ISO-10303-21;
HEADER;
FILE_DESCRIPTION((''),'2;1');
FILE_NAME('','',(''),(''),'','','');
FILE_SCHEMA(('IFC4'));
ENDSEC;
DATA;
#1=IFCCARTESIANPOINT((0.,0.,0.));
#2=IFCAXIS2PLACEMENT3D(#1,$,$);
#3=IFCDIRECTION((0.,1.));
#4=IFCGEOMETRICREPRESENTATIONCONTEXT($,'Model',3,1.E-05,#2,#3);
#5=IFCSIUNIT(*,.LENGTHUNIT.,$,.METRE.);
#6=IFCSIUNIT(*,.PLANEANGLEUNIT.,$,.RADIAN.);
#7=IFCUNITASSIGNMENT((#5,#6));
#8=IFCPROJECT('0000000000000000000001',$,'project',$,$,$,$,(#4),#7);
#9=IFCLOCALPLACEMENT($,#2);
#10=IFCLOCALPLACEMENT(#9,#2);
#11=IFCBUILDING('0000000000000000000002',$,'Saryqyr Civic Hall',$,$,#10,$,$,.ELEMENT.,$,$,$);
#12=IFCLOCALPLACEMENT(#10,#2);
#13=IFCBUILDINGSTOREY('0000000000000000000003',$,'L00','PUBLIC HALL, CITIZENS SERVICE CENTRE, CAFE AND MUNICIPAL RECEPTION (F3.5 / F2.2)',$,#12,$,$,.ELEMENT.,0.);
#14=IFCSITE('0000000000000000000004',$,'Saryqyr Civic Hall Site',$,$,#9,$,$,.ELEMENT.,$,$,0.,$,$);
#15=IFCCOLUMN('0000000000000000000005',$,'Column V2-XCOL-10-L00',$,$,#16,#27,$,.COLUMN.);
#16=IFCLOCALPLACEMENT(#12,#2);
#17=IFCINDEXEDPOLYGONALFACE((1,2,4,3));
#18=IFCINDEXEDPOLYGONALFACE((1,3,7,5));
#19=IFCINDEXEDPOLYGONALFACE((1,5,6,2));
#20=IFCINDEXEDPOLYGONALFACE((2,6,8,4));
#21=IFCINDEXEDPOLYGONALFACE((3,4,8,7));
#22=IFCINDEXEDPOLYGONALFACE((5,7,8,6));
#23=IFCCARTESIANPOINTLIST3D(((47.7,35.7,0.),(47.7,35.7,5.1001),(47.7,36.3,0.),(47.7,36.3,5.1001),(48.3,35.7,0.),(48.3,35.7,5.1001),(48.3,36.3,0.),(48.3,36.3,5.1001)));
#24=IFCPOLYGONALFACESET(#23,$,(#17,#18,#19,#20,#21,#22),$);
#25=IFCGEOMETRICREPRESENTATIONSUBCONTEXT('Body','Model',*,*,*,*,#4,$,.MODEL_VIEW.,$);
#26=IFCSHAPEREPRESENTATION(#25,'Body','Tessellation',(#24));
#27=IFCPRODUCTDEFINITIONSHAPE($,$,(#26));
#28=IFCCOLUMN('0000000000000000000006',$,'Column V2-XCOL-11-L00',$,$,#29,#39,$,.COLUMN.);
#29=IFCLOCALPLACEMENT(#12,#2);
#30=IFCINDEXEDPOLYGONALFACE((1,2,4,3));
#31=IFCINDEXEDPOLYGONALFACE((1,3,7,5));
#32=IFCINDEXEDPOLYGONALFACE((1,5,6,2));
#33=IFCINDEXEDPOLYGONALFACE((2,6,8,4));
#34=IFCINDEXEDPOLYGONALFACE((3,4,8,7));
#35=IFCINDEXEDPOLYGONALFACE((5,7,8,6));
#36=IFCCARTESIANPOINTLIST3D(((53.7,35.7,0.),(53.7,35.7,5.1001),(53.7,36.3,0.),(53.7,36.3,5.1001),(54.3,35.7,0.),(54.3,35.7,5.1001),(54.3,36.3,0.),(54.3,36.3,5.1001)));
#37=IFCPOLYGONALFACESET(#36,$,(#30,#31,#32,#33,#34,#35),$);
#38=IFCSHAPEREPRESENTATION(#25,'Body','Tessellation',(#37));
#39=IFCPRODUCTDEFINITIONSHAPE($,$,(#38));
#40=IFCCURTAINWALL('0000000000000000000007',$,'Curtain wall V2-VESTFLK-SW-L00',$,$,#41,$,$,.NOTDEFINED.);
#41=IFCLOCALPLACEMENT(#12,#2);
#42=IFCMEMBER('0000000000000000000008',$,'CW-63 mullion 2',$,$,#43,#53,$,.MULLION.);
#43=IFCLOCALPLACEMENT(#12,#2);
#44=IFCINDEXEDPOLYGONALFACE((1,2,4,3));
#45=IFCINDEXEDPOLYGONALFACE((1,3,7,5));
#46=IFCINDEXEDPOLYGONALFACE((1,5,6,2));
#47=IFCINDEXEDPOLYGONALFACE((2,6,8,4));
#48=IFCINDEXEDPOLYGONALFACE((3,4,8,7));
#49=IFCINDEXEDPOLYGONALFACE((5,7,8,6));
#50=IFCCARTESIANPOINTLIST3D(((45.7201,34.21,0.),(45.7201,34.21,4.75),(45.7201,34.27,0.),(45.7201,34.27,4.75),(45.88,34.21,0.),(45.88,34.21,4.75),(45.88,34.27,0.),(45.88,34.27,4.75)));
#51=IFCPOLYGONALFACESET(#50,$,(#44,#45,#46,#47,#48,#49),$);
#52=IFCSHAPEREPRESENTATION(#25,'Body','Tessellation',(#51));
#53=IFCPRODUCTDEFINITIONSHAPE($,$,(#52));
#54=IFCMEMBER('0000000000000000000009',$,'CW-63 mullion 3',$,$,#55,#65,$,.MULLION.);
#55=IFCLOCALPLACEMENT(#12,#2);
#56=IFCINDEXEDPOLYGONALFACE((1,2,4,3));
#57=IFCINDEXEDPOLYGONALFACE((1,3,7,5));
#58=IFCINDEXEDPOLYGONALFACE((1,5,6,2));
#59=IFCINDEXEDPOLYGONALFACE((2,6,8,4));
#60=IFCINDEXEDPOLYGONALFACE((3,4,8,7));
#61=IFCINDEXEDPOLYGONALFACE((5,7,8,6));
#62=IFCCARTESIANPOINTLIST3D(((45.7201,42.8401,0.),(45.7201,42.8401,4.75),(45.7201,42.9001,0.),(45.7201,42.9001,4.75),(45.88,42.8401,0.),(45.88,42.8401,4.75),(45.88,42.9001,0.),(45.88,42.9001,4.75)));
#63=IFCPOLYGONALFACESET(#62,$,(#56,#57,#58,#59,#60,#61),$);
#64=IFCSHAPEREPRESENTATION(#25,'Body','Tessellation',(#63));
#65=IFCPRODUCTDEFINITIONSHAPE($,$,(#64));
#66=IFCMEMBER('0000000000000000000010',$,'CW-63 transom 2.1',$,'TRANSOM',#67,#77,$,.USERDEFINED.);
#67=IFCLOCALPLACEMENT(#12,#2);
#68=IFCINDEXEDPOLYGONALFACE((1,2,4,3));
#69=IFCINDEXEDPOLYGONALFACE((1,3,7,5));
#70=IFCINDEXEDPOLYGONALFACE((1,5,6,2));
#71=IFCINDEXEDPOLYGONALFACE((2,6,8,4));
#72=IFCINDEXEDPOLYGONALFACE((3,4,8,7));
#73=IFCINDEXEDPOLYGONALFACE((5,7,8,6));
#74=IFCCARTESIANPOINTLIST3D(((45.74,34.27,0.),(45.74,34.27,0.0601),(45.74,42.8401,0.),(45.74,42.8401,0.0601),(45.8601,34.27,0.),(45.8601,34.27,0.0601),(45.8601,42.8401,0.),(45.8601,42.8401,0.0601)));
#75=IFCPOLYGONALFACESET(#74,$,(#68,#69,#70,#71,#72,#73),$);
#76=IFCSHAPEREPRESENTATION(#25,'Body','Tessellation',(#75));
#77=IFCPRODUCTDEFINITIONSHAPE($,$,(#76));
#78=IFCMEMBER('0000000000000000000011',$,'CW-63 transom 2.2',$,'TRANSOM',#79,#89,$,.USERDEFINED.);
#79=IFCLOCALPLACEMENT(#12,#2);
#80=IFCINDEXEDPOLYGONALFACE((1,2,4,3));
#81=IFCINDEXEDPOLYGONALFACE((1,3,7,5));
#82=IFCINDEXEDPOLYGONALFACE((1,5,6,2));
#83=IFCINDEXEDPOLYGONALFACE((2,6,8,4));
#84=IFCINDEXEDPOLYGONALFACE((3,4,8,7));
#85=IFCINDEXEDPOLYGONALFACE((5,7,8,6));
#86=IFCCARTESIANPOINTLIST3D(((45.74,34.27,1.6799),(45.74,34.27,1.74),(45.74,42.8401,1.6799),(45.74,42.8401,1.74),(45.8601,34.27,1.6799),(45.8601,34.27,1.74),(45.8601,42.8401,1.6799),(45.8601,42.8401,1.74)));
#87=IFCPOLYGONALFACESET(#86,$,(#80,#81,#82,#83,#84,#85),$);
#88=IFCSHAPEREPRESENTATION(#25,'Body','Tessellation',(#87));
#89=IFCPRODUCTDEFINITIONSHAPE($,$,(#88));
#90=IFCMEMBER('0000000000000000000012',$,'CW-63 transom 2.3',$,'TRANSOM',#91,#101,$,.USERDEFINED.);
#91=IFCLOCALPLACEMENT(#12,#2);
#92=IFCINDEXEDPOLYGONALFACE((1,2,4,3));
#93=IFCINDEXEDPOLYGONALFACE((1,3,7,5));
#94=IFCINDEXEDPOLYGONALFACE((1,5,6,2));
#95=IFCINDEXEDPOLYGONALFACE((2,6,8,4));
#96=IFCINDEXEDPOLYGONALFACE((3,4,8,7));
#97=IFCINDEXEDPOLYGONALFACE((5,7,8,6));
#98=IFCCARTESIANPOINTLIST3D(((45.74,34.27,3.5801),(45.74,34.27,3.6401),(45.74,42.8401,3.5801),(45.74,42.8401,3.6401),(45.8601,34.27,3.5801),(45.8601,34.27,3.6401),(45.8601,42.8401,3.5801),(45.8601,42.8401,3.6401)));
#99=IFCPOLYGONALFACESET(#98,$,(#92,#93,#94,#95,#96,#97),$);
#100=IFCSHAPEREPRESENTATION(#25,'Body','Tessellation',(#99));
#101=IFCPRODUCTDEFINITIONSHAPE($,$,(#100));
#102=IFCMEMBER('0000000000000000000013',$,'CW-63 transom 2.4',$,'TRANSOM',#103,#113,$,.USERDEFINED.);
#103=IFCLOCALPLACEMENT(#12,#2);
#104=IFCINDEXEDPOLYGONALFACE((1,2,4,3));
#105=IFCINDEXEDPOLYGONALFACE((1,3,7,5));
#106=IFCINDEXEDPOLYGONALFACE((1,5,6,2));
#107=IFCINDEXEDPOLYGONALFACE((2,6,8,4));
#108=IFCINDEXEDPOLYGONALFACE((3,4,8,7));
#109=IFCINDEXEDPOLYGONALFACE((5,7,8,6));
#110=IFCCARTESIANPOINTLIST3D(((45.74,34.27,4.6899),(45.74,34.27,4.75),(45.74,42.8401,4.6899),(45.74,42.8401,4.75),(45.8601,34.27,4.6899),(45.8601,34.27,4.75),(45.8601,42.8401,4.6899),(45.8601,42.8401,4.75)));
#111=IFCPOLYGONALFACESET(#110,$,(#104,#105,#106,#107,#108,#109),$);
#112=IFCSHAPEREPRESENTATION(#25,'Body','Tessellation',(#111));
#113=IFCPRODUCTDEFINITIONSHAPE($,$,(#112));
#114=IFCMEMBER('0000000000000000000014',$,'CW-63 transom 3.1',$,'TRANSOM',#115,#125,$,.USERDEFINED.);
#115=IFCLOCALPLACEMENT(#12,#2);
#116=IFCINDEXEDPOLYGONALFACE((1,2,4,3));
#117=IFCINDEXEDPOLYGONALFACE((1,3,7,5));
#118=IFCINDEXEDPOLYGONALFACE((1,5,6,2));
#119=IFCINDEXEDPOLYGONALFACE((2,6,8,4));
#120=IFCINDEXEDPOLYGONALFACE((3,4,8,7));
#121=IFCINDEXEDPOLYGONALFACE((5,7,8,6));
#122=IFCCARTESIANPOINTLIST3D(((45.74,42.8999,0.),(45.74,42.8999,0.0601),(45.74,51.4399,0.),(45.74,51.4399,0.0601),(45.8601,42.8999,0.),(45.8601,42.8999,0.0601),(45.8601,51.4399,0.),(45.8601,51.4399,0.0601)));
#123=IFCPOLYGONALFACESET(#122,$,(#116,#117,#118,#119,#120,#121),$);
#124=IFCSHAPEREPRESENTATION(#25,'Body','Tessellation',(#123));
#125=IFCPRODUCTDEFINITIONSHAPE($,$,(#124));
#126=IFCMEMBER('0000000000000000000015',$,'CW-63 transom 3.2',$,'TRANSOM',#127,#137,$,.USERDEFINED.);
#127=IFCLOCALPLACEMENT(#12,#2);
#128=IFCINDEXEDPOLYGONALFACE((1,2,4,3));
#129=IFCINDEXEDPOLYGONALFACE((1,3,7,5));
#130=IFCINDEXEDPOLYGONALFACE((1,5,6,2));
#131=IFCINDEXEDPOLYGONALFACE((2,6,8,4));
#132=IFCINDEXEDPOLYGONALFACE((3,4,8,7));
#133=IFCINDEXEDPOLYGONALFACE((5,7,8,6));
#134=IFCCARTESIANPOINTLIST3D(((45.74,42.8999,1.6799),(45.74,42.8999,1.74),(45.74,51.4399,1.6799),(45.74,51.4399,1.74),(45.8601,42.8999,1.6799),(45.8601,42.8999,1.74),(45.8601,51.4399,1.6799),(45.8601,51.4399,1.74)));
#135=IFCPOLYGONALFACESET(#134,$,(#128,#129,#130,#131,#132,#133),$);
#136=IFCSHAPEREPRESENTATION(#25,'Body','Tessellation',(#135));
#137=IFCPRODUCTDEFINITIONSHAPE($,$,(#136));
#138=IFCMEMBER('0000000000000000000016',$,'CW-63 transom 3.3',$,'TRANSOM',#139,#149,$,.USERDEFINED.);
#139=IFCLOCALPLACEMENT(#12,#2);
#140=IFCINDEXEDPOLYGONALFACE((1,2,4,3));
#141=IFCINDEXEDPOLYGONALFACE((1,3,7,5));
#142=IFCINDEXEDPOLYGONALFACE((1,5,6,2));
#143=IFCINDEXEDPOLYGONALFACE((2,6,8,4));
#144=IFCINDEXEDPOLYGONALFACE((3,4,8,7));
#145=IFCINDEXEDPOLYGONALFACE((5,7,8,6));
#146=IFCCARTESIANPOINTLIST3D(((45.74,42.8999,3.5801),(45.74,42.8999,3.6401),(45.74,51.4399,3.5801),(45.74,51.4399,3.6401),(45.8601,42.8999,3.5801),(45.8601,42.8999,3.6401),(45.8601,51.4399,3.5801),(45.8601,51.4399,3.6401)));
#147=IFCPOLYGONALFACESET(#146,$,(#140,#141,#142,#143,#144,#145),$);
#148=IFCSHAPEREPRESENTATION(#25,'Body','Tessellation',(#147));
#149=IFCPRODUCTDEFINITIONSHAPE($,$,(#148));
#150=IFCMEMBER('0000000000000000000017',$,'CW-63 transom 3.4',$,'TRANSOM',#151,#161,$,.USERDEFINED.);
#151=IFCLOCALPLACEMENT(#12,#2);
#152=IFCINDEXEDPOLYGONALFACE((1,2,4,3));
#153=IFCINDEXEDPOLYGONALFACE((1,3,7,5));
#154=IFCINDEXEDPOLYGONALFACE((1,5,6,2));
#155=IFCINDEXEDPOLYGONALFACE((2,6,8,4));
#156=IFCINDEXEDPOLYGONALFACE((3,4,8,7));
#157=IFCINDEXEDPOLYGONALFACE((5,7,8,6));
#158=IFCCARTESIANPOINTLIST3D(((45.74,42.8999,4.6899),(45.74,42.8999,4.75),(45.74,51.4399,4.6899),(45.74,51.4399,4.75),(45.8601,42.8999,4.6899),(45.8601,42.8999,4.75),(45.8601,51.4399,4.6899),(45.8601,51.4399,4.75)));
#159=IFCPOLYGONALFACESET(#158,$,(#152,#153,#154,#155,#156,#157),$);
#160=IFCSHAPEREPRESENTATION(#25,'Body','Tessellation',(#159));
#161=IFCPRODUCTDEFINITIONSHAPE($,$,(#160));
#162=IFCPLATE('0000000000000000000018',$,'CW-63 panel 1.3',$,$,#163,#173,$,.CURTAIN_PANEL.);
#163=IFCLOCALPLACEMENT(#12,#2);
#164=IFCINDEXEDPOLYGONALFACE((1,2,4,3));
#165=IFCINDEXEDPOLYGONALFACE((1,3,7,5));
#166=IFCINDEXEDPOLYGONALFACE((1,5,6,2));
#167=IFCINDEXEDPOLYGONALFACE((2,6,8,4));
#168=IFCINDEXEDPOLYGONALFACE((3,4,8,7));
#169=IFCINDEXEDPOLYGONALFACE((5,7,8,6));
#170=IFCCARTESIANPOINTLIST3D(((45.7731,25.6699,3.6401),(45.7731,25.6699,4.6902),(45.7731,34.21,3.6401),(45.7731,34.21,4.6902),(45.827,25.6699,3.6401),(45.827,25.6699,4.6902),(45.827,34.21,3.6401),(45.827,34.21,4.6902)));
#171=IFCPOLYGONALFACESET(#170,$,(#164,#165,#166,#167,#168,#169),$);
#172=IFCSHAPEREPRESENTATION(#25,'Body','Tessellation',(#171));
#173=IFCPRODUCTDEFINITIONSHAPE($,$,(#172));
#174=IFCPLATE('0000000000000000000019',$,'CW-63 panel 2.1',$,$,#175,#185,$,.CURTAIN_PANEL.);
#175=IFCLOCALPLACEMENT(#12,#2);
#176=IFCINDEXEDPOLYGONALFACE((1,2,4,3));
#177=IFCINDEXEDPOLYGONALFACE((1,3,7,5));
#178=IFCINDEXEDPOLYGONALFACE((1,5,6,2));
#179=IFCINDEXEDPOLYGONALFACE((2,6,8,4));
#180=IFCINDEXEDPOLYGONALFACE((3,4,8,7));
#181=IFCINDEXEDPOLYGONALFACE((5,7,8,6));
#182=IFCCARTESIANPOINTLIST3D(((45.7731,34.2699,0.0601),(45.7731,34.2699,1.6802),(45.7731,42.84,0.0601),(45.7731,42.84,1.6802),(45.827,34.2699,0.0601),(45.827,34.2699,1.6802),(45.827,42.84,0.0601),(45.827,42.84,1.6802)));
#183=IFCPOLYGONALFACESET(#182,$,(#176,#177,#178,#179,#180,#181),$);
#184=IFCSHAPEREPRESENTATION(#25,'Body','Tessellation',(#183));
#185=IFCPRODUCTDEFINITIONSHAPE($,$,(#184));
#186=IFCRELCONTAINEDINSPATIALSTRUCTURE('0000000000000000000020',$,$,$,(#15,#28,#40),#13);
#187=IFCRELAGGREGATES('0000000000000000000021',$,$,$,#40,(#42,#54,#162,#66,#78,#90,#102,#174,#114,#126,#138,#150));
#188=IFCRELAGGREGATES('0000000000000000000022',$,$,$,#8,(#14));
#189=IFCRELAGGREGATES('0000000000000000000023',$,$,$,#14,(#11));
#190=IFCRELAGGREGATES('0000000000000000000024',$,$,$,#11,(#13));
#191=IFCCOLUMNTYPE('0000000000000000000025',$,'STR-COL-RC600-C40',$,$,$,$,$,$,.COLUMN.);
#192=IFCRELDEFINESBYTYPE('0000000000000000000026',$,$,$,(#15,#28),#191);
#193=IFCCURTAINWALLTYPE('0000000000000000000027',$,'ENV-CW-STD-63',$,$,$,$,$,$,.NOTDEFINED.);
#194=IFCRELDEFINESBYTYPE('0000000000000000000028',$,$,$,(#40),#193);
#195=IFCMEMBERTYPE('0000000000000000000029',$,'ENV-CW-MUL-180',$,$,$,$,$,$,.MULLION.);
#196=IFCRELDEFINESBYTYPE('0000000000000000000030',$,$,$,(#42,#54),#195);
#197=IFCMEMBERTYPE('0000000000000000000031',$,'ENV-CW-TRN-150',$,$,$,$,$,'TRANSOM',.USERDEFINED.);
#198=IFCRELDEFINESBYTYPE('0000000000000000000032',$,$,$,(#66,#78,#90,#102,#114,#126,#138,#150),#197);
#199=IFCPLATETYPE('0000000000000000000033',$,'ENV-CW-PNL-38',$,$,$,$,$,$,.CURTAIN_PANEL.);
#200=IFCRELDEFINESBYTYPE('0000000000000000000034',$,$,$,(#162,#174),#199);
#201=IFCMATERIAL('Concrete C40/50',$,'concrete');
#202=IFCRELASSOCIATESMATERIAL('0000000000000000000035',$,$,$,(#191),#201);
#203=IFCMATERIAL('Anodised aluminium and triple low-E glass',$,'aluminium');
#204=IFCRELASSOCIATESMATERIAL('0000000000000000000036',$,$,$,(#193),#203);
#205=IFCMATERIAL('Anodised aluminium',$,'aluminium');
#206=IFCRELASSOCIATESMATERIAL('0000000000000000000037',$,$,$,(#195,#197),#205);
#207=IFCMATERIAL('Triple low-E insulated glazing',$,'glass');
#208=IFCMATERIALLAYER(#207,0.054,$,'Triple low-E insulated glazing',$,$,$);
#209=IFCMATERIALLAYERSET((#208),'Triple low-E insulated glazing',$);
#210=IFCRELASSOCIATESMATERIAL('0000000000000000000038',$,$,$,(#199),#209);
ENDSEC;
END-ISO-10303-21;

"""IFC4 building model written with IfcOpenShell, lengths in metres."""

from ifc_helpers import new_model, si_unit, direction, frame, origin, origin_2d, place, context, subcontext, project, spatial, rectangle, extrude, material, layer, layer_set, material_profile, profile_set, type_object, element, aggregate, save


model = new_model("IFC4")

# Units and contexts
model_context = context("Model", 3, precision=1e-05, world=origin(), true_north=direction((0.0, 1.0)))
body_context = subcontext(model_context, "Body", "Model", "MODEL_VIEW")
ifc_project = project(units=[si_unit("LENGTHUNIT", "METRE"), si_unit("PLANEANGLEUNIT", "RADIAN")], contexts=[model_context])

# Site, building, storey
site_placement = place(None, origin())
site = spatial("IfcSite", under=ifc_project, at=site_placement, Name="Saryqyr Civic Hall Site", CompositionType="ELEMENT", RefElevation=0.0)
building_placement = place(site_placement, origin())
building = spatial("IfcBuilding", under=site, at=building_placement, Name="Saryqyr Civic Hall", CompositionType="ELEMENT")
storey_placement = place(building_placement, origin())
storey = spatial("IfcBuildingStorey", under=building, at=storey_placement, Name="L00", Description="PUBLIC HALL, CITIZENS SERVICE CENTRE, CAFE AND MUNICIPAL RECEPTION (F3.5 / F2.2)", CompositionType="ELEMENT", Elevation=0.0)

# Columns
ifc_material_1 = material(Name="Concrete C40/50", Category="concrete")
ifc_material_profile_1 = material_profile(ifc_material_1, rectangle(XDim=0.6001, YDim=0.6001, at=origin_2d()), Name="RC 600x600")
ifc_profile_set_1 = profile_set([ifc_material_profile_1], Name="Concrete C40/50")
column_type = type_object("IfcColumnType", Name="STR-COL-RC600-C40", PredefinedType="COLUMN", material=ifc_profile_set_1)
for number, where, z_axis, x_axis, name in (
    (1, (48.0, 36.0, 0.0), (0.0, 0.0, 1.0), (1.0, 0.0, 0.0), "Column V2-XCOL-10-L00"),
    (2, (54.0, 36.0, 0.0), (0.0, 0.0, 1.0), (1.0, 0.0, 0.0), "Column V2-XCOL-11-L00"),
):
    element("IfcColumn", number, at=place(storey_placement, frame(where, z_axis=z_axis, x_axis=x_axis)), inside=storey, type_object=column_type, Name=name, PredefinedType="COLUMN", context=body_context, shape_type="SweptSolid", body=[
        extrude(rectangle(XDim=0.6001, YDim=0.6001, at=origin_2d()), origin(), (0.0, 0.0, 1.0), 5.1001),
    ])

# Curtain wall, members, plates
ifc_material_2 = material(Name="Anodised aluminium and triple low-E glass", Category="aluminium")
curtain_wall_type = type_object("IfcCurtainWallType", Name="ENV-CW-STD-63", PredefinedType="NOTDEFINED", material=ifc_material_2)
curtain_wall_placement = place(storey_placement, origin())
curtain_wall = element("IfcCurtainWall", 3, at=curtain_wall_placement, inside=storey, type_object=curtain_wall_type, Name="Curtain wall V2-VESTFLK-SW-L00", PredefinedType="NOTDEFINED")
ifc_material_3 = material(Name="Anodised aluminium", Category="aluminium")
ifc_material_profile_2 = material_profile(ifc_material_3, rectangle(XDim=0.0601, YDim=0.1599, at=origin_2d()), Name="ALU MULLION 60x160")
ifc_profile_set_2 = profile_set([ifc_material_profile_2], Name="Anodised aluminium")
member_type_1 = type_object("IfcMemberType", Name="ENV-CW-MUL-180", PredefinedType="MULLION", material=ifc_profile_set_2)
member_1_placement = place(storey_placement, frame((45.8, 34.24, 0.0), z_axis=(0.0, 0.0, 1.0), x_axis=(0.0, 1.0, 0.0)))
member_1 = element("IfcMember", 4, at=member_1_placement, type_object=member_type_1, Name="CW-63 mullion 2", PredefinedType="MULLION", context=body_context, shape_type="SweptSolid", body=[
    extrude(rectangle(XDim=0.0601, YDim=0.1599, at=origin_2d()), origin(), (0.0, 0.0, 1.0), 4.75),
])
member_2_placement = place(storey_placement, frame((45.8, 42.8701, 0.0), z_axis=(0.0, 0.0, 1.0), x_axis=(0.0, 1.0, 0.0)))
member_2 = element("IfcMember", 5, at=member_2_placement, type_object=member_type_1, Name="CW-63 mullion 3", PredefinedType="MULLION", context=body_context, shape_type="SweptSolid", body=[
    extrude(rectangle(XDim=0.0601, YDim=0.1599, at=origin_2d()), origin(), (0.0, 0.0, 1.0), 4.75),
])
ifc_material_profile_3 = material_profile(ifc_material_3, rectangle(XDim=0.1201, YDim=0.0601, at=origin_2d()), Name="ALU TRANSOM 120x60")
ifc_profile_set_3 = profile_set([ifc_material_profile_3], Name="Anodised aluminium")
member_type_2 = type_object("IfcMemberType", Name="ENV-CW-TRN-150", ElementType="TRANSOM", PredefinedType="USERDEFINED", material=ifc_profile_set_3)
member_3_placement = place(storey_placement, frame((45.8, 34.27, 0.03), z_axis=(0.0, 1.0, 0.0), x_axis=(-1.0, 0.0, 0.0)))
member_3 = element("IfcMember", 6, at=member_3_placement, type_object=member_type_2, Name="CW-63 transom 2.1", ObjectType="TRANSOM", PredefinedType="USERDEFINED", context=body_context, shape_type="SweptSolid", body=[
    extrude(rectangle(XDim=0.1201, YDim=0.0601, at=origin_2d()), origin(), (0.0, 0.0, 1.0), 8.5701),
])
member_4_placement = place(storey_placement, frame((45.8, 34.27, 1.71), z_axis=(0.0, 1.0, 0.0), x_axis=(-1.0, 0.0, 0.0)))
member_4 = element("IfcMember", 7, at=member_4_placement, type_object=member_type_2, Name="CW-63 transom 2.2", ObjectType="TRANSOM", PredefinedType="USERDEFINED", context=body_context, shape_type="SweptSolid", body=[
    extrude(rectangle(XDim=0.1201, YDim=0.0601, at=origin_2d()), origin(), (0.0, 0.0, 1.0), 8.5701),
])
member_5_placement = place(storey_placement, frame((45.8, 34.27, 3.6101), z_axis=(0.0, 1.0, 0.0), x_axis=(-1.0, 0.0, 0.0)))
member_5 = element("IfcMember", 8, at=member_5_placement, type_object=member_type_2, Name="CW-63 transom 2.3", ObjectType="TRANSOM", PredefinedType="USERDEFINED", context=body_context, shape_type="SweptSolid", body=[
    extrude(rectangle(XDim=0.1201, YDim=0.0601, at=origin_2d()), origin(), (0.0, 0.0, 1.0), 8.5701),
])
member_6_placement = place(storey_placement, frame((45.8, 34.27, 4.72), z_axis=(0.0, 1.0, 0.0), x_axis=(-1.0, 0.0, 0.0)))
member_6 = element("IfcMember", 9, at=member_6_placement, type_object=member_type_2, Name="CW-63 transom 2.4", ObjectType="TRANSOM", PredefinedType="USERDEFINED", context=body_context, shape_type="SweptSolid", body=[
    extrude(rectangle(XDim=0.1201, YDim=0.0601, at=origin_2d()), origin(), (0.0, 0.0, 1.0), 8.5701),
])
member_7_placement = place(storey_placement, frame((45.8, 42.8999, 0.03), z_axis=(0.0, 1.0, 0.0), x_axis=(-1.0, 0.0, 0.0)))
member_7 = element("IfcMember", 10, at=member_7_placement, type_object=member_type_2, Name="CW-63 transom 3.1", ObjectType="TRANSOM", PredefinedType="USERDEFINED", context=body_context, shape_type="SweptSolid", body=[
    extrude(rectangle(XDim=0.1201, YDim=0.0601, at=origin_2d()), origin(), (0.0, 0.0, 1.0), 8.54),
])
member_8_placement = place(storey_placement, frame((45.8, 42.8999, 1.71), z_axis=(0.0, 1.0, 0.0), x_axis=(-1.0, 0.0, 0.0)))
member_8 = element("IfcMember", 11, at=member_8_placement, type_object=member_type_2, Name="CW-63 transom 3.2", ObjectType="TRANSOM", PredefinedType="USERDEFINED", context=body_context, shape_type="SweptSolid", body=[
    extrude(rectangle(XDim=0.1201, YDim=0.0601, at=origin_2d()), origin(), (0.0, 0.0, 1.0), 8.54),
])
member_9_placement = place(storey_placement, frame((45.8, 42.8999, 3.6101), z_axis=(0.0, 1.0, 0.0), x_axis=(-1.0, 0.0, 0.0)))
member_9 = element("IfcMember", 12, at=member_9_placement, type_object=member_type_2, Name="CW-63 transom 3.3", ObjectType="TRANSOM", PredefinedType="USERDEFINED", context=body_context, shape_type="SweptSolid", body=[
    extrude(rectangle(XDim=0.1201, YDim=0.0601, at=origin_2d()), origin(), (0.0, 0.0, 1.0), 8.54),
])
member_10_placement = place(storey_placement, frame((45.8, 42.8999, 4.72), z_axis=(0.0, 1.0, 0.0), x_axis=(-1.0, 0.0, 0.0)))
member_10 = element("IfcMember", 13, at=member_10_placement, type_object=member_type_2, Name="CW-63 transom 3.4", ObjectType="TRANSOM", PredefinedType="USERDEFINED", context=body_context, shape_type="SweptSolid", body=[
    extrude(rectangle(XDim=0.1201, YDim=0.0601, at=origin_2d()), origin(), (0.0, 0.0, 1.0), 8.54),
])
ifc_material_4 = material(Name="Triple low-E insulated glazing", Category="glass")
ifc_layer_1 = layer(ifc_material_4, 0.054, Name="Triple low-E insulated glazing")
ifc_layer_set_1 = layer_set([ifc_layer_1], Name="Triple low-E insulated glazing")
plate_type = type_object("IfcPlateType", Name="ENV-CW-PNL-38", PredefinedType="CURTAIN_PANEL", material=ifc_layer_set_1)
plate_1_placement = place(storey_placement, frame((45.8, 29.9399, 3.6401), z_axis=(0.0, 0.0, 1.0), x_axis=(0.0, 1.0, 0.0)))
plate_1 = element("IfcPlate", 14, at=plate_1_placement, type_object=plate_type, Name="CW-63 panel 1.3", PredefinedType="CURTAIN_PANEL", context=body_context, shape_type="SweptSolid", body=[
    extrude(rectangle(XDim=8.54, YDim=0.054, at=origin_2d()), origin(), (0.0, 0.0, 1.0), 1.05),
])
plate_2_placement = place(storey_placement, frame((45.8, 38.5549, 0.0601), z_axis=(0.0, 0.0, 1.0), x_axis=(0.0, 1.0, 0.0)))
plate_2 = element("IfcPlate", 15, at=plate_2_placement, type_object=plate_type, Name="CW-63 panel 2.1", PredefinedType="CURTAIN_PANEL", context=body_context, shape_type="SweptSolid", body=[
    extrude(rectangle(XDim=8.5701, YDim=0.054, at=origin_2d()), origin(), (0.0, 0.0, 1.0), 1.6201),
])
aggregate(curtain_wall, [member_1, member_2, plate_1, member_3, member_4, member_5, member_6, plate_2, member_7, member_8, member_9, member_10])

save(model, "model.ifc")
